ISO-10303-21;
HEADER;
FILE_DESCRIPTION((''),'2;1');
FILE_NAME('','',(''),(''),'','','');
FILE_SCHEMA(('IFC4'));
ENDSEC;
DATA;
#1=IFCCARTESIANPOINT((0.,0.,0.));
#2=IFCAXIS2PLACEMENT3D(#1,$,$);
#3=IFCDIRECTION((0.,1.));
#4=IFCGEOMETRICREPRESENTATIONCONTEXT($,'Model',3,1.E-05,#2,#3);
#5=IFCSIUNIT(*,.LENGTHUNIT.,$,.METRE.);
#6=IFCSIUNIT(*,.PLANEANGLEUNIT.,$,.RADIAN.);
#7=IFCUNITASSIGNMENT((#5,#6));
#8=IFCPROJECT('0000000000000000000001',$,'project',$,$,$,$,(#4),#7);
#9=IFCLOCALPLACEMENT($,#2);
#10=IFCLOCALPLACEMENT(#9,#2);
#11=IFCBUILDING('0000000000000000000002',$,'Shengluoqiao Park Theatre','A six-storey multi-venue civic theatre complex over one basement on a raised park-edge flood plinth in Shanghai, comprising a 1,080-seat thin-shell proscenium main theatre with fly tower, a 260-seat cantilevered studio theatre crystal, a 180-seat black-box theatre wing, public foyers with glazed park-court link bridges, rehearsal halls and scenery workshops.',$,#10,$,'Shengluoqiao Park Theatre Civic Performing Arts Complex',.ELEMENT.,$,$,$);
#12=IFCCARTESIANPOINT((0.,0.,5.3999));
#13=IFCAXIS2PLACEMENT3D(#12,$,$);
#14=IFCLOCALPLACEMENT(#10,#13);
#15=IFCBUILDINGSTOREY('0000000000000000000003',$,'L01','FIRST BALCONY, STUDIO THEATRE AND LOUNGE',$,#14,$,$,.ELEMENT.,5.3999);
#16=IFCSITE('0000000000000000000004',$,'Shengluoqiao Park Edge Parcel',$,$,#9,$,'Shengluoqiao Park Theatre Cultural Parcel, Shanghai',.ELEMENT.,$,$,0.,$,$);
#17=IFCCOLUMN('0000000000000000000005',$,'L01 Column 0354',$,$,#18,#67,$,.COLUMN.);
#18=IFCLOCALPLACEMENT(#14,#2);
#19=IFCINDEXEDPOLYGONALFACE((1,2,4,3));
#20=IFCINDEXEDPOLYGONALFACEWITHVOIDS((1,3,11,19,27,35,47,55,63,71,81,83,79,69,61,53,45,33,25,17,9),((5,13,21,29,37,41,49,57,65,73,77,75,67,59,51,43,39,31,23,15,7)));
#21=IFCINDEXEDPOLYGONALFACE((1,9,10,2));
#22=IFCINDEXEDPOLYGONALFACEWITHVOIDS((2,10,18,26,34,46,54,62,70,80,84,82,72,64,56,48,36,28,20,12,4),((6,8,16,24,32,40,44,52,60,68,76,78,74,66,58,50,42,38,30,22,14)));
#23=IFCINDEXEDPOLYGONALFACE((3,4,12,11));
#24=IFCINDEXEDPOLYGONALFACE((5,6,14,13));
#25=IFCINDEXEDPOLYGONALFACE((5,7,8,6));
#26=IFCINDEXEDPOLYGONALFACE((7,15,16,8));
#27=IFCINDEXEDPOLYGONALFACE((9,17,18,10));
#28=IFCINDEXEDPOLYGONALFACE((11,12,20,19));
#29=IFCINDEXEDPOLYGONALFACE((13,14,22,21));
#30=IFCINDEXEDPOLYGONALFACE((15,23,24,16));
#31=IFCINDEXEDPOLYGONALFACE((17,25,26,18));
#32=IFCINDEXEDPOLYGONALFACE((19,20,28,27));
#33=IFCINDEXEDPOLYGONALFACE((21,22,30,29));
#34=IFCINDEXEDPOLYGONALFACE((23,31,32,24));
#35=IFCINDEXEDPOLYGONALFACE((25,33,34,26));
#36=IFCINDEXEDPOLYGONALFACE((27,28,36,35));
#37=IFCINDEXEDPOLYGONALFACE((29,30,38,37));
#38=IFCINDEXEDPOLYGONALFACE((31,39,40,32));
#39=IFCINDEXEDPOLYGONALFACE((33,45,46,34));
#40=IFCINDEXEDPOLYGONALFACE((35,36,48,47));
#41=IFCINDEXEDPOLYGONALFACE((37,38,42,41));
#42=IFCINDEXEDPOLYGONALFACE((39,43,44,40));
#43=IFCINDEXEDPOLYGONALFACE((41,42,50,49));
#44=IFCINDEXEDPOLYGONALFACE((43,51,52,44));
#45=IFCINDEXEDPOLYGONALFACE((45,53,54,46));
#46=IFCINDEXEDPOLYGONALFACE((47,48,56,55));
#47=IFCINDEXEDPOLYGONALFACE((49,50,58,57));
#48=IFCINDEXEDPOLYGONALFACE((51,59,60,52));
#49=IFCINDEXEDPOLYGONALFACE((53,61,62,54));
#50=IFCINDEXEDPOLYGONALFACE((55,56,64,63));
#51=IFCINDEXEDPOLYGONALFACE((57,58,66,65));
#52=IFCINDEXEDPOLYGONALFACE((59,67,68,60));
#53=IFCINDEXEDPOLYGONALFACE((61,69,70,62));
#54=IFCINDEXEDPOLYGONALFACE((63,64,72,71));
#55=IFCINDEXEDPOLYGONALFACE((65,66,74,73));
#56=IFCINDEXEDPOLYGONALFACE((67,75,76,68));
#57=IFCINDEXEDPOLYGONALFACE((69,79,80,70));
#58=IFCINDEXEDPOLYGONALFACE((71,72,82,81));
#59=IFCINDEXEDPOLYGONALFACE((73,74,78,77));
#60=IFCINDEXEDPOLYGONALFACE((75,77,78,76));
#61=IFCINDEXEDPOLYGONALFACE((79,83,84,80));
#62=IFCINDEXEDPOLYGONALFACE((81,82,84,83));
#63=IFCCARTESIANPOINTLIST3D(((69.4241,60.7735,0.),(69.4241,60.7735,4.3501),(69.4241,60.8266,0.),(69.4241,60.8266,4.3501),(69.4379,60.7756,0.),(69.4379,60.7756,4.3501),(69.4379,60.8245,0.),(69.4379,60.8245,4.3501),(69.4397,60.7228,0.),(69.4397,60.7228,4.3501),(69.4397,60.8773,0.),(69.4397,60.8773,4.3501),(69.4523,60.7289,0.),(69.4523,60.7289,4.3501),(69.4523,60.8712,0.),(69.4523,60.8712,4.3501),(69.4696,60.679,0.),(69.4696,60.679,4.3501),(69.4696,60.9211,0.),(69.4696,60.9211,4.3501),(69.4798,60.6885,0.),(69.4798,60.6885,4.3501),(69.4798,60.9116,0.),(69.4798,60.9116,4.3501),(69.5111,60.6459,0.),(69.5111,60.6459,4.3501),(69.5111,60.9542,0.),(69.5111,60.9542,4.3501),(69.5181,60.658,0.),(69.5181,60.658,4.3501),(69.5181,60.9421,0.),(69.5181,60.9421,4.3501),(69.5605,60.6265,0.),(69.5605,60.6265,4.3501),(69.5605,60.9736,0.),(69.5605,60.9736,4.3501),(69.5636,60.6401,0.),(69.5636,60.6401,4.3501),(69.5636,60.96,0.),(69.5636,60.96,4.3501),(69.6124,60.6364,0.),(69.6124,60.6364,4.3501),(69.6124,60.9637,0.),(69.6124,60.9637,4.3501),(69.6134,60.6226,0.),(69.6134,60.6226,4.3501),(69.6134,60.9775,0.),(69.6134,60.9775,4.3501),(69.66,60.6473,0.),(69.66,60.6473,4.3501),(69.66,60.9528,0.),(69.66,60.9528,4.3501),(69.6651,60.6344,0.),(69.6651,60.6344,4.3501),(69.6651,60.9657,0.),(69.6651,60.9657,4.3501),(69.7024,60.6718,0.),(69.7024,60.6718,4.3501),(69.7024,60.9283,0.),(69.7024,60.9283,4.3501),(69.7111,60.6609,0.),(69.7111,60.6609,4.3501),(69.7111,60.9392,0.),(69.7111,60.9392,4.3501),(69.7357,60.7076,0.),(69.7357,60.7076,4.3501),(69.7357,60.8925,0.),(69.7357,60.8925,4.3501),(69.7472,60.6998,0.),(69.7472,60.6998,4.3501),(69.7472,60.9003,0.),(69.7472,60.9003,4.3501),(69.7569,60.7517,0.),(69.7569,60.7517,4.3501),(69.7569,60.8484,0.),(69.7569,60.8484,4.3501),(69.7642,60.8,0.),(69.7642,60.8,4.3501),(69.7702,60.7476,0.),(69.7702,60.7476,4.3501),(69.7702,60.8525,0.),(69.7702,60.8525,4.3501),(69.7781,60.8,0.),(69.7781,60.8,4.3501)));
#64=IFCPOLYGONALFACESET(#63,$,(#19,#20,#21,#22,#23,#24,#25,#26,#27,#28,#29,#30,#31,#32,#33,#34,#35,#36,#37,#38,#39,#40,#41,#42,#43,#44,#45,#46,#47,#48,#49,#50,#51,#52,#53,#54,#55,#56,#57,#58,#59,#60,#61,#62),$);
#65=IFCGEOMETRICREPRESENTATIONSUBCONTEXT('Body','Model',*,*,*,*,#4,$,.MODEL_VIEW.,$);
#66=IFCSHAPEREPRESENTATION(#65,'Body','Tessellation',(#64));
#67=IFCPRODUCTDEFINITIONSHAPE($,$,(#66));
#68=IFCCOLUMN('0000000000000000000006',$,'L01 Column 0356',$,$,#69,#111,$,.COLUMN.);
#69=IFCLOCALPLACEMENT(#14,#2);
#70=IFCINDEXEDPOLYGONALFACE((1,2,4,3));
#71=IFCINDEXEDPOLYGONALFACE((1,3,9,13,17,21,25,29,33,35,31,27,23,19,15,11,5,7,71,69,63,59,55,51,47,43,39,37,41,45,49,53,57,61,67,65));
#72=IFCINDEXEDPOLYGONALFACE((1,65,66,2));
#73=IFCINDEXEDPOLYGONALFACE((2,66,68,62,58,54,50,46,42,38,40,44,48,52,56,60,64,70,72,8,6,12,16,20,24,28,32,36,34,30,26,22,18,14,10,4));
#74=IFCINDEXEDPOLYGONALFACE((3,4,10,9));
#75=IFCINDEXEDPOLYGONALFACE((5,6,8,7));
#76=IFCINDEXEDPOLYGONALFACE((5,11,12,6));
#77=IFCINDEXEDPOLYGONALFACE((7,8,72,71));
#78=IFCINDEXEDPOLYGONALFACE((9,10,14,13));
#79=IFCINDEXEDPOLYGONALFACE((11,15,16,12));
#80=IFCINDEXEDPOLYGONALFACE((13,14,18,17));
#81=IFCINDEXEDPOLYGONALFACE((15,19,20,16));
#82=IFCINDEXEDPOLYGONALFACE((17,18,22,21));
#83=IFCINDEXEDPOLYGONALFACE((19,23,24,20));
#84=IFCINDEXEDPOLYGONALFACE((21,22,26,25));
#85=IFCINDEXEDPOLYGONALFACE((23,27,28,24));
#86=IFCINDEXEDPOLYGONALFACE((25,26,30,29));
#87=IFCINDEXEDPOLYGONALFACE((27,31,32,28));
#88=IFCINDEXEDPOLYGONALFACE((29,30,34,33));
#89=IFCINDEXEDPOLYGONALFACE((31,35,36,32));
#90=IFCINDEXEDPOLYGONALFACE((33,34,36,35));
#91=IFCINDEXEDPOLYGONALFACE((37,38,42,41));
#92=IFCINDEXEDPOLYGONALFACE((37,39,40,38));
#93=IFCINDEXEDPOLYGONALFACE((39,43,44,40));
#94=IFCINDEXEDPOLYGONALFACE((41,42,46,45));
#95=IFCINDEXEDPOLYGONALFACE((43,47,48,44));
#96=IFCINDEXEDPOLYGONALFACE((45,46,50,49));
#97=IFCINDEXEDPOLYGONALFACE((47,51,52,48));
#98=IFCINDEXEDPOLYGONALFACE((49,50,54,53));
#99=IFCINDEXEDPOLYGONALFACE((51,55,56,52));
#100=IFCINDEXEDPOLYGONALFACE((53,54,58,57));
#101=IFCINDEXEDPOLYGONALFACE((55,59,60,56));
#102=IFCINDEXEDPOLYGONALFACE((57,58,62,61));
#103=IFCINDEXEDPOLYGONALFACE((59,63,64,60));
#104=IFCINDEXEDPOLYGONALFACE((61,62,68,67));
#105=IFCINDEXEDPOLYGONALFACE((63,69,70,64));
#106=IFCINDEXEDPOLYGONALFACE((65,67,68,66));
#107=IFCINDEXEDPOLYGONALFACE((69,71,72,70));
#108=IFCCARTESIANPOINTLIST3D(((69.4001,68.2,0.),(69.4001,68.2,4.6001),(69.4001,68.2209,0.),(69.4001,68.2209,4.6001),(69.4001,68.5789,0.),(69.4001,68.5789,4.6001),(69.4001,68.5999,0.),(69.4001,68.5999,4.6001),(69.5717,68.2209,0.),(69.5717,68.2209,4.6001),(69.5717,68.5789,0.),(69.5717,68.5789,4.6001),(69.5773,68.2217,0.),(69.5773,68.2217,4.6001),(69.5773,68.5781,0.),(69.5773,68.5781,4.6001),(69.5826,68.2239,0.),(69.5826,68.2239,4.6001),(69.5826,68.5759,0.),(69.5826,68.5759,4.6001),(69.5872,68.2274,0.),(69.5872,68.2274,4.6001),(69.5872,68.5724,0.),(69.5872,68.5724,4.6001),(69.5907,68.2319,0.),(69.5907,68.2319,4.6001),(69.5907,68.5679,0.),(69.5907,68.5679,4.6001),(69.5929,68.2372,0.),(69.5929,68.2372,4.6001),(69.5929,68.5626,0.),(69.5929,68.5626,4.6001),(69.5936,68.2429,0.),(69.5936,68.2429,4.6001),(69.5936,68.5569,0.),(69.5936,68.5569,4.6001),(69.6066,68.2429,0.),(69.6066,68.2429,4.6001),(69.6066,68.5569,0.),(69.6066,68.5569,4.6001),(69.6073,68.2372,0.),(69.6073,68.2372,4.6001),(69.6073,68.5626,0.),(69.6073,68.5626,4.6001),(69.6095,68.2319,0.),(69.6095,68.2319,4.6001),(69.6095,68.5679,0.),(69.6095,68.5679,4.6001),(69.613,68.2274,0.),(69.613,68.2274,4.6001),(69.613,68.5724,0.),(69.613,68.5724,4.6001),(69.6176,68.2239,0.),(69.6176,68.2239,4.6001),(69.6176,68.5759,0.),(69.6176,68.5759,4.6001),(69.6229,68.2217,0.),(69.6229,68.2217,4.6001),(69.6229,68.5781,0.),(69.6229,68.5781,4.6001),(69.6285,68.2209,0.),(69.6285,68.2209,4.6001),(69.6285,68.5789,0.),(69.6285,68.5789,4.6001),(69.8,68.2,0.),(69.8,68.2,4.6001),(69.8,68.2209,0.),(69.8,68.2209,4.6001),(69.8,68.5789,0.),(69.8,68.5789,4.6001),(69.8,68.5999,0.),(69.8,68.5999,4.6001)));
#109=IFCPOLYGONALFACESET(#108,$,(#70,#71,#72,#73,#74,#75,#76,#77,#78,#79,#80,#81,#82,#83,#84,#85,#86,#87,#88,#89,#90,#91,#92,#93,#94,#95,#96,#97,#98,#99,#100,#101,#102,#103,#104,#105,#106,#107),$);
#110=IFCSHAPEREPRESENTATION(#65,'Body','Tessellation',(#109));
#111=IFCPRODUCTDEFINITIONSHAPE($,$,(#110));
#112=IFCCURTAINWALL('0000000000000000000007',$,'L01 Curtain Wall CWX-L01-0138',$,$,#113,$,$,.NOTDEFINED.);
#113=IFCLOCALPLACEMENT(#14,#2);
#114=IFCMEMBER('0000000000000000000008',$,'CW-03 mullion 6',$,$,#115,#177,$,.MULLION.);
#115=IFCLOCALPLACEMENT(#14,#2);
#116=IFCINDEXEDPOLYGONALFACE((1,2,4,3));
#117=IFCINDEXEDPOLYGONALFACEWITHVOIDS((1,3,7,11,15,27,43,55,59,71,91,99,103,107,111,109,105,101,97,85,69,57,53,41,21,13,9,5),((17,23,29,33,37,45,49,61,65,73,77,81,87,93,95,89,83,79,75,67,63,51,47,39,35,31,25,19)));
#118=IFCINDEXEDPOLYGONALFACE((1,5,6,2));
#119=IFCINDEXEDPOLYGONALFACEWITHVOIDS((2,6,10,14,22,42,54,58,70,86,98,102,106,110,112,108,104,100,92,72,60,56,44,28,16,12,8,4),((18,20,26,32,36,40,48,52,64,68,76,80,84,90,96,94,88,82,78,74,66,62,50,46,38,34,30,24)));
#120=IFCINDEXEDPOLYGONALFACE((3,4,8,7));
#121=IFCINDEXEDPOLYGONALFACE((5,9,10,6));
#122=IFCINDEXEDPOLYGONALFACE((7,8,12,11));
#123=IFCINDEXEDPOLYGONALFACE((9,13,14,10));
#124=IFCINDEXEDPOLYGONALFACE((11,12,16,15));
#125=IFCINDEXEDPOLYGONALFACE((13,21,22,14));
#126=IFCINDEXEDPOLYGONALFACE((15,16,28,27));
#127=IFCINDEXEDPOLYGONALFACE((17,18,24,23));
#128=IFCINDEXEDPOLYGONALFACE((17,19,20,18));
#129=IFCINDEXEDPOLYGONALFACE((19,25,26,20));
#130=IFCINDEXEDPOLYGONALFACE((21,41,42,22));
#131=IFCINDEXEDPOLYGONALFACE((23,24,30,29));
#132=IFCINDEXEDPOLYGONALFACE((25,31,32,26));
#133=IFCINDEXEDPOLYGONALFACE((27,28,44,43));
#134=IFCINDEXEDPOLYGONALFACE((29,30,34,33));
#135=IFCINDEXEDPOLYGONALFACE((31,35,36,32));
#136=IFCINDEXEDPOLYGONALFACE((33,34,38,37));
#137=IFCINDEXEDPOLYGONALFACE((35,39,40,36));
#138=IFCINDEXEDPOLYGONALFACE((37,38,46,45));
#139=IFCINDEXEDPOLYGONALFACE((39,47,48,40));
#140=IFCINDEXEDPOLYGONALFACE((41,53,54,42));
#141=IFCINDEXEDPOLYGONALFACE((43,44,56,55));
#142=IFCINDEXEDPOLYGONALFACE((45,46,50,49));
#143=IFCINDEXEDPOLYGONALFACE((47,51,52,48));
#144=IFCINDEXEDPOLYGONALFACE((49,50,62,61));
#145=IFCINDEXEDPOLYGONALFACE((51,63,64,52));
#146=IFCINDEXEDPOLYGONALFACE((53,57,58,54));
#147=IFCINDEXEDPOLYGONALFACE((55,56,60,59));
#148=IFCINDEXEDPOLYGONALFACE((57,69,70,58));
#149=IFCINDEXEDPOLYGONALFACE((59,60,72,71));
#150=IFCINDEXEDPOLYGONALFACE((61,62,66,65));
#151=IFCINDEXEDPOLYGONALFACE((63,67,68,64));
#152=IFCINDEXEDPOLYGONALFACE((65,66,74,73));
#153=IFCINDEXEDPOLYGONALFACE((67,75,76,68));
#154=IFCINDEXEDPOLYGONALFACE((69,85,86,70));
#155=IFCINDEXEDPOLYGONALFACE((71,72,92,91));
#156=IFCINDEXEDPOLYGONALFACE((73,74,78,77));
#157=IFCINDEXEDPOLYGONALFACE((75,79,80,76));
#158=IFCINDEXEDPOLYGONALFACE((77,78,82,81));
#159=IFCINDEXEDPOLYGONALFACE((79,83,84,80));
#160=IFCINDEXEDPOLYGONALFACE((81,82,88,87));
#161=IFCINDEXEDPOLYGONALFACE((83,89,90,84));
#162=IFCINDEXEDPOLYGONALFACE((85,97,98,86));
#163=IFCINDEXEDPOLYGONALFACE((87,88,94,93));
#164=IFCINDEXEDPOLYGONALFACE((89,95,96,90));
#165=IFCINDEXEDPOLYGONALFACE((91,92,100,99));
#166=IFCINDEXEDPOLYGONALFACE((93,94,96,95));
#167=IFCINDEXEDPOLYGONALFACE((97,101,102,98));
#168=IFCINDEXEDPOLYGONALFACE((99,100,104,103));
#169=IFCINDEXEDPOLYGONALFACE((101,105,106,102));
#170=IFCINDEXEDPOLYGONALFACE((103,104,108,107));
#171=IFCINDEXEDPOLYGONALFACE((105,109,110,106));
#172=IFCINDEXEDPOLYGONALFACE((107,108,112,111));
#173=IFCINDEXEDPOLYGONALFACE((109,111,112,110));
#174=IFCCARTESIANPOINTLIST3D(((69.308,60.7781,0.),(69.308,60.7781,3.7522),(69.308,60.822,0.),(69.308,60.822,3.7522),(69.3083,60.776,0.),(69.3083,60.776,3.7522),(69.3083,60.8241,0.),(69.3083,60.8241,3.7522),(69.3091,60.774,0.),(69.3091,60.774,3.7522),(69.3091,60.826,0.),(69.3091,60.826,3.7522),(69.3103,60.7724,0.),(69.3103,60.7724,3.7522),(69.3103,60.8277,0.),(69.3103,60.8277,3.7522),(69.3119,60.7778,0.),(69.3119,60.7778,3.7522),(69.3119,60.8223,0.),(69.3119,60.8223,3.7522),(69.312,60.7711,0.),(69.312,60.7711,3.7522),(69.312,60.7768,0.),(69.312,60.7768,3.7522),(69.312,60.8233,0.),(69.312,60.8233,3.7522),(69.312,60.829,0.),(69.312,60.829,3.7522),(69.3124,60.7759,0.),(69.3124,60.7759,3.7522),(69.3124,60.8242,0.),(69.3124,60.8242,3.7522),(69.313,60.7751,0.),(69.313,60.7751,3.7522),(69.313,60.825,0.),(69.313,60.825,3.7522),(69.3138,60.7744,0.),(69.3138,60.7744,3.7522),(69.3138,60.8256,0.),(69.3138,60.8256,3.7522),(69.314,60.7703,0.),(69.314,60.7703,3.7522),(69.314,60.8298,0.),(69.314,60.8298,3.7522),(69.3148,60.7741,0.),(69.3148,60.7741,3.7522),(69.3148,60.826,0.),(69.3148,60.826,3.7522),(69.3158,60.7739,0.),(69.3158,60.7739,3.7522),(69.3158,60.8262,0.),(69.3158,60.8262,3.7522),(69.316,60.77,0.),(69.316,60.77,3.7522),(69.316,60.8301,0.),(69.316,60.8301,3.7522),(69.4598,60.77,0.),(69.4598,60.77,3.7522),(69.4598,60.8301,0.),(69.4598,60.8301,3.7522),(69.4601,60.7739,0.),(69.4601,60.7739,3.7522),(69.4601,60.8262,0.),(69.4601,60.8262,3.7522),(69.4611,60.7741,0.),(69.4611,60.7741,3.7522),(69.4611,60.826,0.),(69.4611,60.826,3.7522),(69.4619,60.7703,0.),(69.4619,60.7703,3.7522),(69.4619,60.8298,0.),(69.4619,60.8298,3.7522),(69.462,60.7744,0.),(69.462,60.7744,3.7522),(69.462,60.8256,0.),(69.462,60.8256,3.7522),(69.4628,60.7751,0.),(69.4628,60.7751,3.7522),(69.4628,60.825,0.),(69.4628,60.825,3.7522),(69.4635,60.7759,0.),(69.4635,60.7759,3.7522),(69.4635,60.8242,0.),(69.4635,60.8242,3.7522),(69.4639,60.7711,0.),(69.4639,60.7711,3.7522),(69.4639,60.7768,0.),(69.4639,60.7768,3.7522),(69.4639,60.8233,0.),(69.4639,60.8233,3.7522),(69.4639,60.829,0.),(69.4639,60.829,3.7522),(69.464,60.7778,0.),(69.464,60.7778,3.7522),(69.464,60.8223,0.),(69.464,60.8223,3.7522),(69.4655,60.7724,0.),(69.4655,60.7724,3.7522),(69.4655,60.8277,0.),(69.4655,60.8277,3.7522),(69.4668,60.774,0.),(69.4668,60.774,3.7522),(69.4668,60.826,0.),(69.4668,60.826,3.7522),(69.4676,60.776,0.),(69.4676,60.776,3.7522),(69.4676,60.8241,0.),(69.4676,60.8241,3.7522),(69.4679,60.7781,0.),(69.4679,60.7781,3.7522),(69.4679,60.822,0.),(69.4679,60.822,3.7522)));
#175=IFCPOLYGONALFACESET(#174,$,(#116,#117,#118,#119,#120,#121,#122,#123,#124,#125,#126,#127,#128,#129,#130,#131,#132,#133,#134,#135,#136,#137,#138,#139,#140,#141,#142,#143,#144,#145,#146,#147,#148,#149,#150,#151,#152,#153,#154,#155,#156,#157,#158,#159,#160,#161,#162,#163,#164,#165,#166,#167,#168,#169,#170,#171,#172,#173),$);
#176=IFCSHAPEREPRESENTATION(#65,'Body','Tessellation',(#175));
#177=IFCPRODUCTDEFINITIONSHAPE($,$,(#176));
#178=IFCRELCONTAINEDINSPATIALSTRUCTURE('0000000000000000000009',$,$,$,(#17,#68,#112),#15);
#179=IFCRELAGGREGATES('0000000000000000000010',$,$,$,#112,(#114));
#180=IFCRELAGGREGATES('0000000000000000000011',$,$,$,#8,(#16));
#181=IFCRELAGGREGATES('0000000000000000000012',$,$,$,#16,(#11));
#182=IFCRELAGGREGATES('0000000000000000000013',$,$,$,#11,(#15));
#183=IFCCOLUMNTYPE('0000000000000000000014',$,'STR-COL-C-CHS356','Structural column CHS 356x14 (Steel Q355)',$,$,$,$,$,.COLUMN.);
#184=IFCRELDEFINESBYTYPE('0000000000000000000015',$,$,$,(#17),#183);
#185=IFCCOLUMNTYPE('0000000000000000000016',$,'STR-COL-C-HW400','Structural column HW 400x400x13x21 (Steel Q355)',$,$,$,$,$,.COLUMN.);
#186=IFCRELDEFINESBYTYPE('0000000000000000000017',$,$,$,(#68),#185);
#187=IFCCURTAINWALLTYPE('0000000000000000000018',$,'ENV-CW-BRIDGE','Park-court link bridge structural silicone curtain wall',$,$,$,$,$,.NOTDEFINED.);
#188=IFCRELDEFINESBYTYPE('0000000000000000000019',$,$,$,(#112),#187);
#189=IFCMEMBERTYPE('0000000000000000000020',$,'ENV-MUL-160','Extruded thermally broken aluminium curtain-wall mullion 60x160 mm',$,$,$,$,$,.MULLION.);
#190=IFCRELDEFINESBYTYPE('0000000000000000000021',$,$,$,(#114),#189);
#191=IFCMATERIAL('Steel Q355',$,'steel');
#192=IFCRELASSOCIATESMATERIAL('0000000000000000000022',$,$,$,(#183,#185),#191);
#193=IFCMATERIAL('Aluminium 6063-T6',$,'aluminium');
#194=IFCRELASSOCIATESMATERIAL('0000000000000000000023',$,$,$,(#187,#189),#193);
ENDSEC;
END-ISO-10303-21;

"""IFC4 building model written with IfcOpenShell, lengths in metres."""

from ifc_helpers import new_model, si_unit, direction, frame, origin, origin_2d, place, context, subcontext, project, spatial, hollow_rectangle, hollow_circle, i_section, extrude, material, material_profile, profile_set, type_object, element, aggregate, save


model = new_model("IFC4")

# Units and contexts
model_context = context("Model", 3, precision=1e-05, world=origin(), true_north=direction((0.0, 1.0)))
body_context = subcontext(model_context, "Body", "Model", "MODEL_VIEW")
ifc_project = project(units=[si_unit("LENGTHUNIT", "METRE"), si_unit("PLANEANGLEUNIT", "RADIAN")], contexts=[model_context])

# Site, building, storey
site_placement = place(None, origin())
site = spatial("IfcSite", under=ifc_project, at=site_placement, Name="Shengluoqiao Park Edge Parcel", LongName="Shengluoqiao Park Theatre Cultural Parcel, Shanghai", CompositionType="ELEMENT", RefElevation=0.0)
building_placement = place(site_placement, origin())
building = spatial("IfcBuilding", under=site, at=building_placement, Name="Shengluoqiao Park Theatre", Description="A six-storey multi-venue civic theatre complex over one basement on a raised park-edge flood plinth in Shanghai, comprising a 1,080-seat thin-shell proscenium main theatre with fly tower, a 260-seat cantilevered studio theatre crystal, a 180-seat black-box theatre wing, public foyers with glazed park-court link bridges, rehearsal halls and scenery workshops.", LongName="Shengluoqiao Park Theatre Civic Performing Arts Complex", CompositionType="ELEMENT")
storey_placement = place(building_placement, frame((0.0, 0.0, 5.3999)))
storey = spatial("IfcBuildingStorey", under=building, at=storey_placement, Name="L01", Description="FIRST BALCONY, STUDIO THEATRE AND LOUNGE", CompositionType="ELEMENT", Elevation=5.3999)

# Columns
ifc_material_1 = material(Name="Steel Q355", Category="steel")
ifc_material_profile_1 = material_profile(ifc_material_1, hollow_circle(Radius=0.178, WallThickness=0.0139, at=origin_2d()), Name="CHS 356x14")
ifc_profile_set_1 = profile_set([ifc_material_profile_1], Name="Steel Q355")
column_type_1 = type_object("IfcColumnType", Name="STR-COL-C-CHS356", Description="Structural column CHS 356x14 (Steel Q355)", PredefinedType="COLUMN", material=ifc_profile_set_1)
column_1_placement = place(storey_placement, frame((69.6001, 60.8, 0.0), z_axis=(0.0, 0.0, 1.0), x_axis=(1.0, 0.0, 0.0)))
element("IfcColumn", 1, at=column_1_placement, inside=storey, type_object=column_type_1, Name="L01 Column 0354", PredefinedType="COLUMN", context=body_context, shape_type="SweptSolid", body=[
    extrude(hollow_circle(Radius=0.178, WallThickness=0.0139, at=origin_2d()), origin(), (0.0, 0.0, 1.0), 4.3501),
])
ifc_material_profile_2 = material_profile(ifc_material_1, i_section(OverallWidth=0.3999, OverallDepth=0.3999, WebThickness=0.0129, FlangeThickness=0.021, FilletRadius=0.022, at=origin_2d()), Name="HW 400x400x13x21")
ifc_profile_set_2 = profile_set([ifc_material_profile_2], Name="Steel Q355")
column_type_2 = type_object("IfcColumnType", Name="STR-COL-C-HW400", Description="Structural column HW 400x400x13x21 (Steel Q355)", PredefinedType="COLUMN", material=ifc_profile_set_2)
column_2_placement = place(storey_placement, frame((69.6001, 68.3999, 0.0), z_axis=(0.0, 0.0, 1.0), x_axis=(1.0, 0.0, 0.0)))
element("IfcColumn", 2, at=column_2_placement, inside=storey, type_object=column_type_2, Name="L01 Column 0356", PredefinedType="COLUMN", context=body_context, shape_type="SweptSolid", body=[
    extrude(i_section(OverallWidth=0.3999, OverallDepth=0.3999, WebThickness=0.0129, FlangeThickness=0.021, FilletRadius=0.022, at=origin_2d()), origin(), (0.0, 0.0, 1.0), 4.6001),
])

# Curtain wall, member
ifc_material_2 = material(Name="Aluminium 6063-T6", Category="aluminium")
curtain_wall_type_1 = type_object("IfcCurtainWallType", Name="ENV-CW-BRIDGE", Description="Park-court link bridge structural silicone curtain wall", PredefinedType="NOTDEFINED", material=ifc_material_2)
curtain_wall_1_placement = place(storey_placement, origin())
curtain_wall_1 = element("IfcCurtainWall", 3, at=curtain_wall_1_placement, inside=storey, type_object=curtain_wall_type_1, Name="L01 Curtain Wall CWX-L01-0138", PredefinedType="NOTDEFINED")
ifc_material_profile_3 = material_profile(ifc_material_2, hollow_rectangle(XDim=0.0601, YDim=0.1599, WallThickness=0.0039, InnerFilletRadius=0.0039, OuterFilletRadius=0.0081, at=origin_2d()), Name="ALU MULLION 160x60x4")
ifc_profile_set_3 = profile_set([ifc_material_profile_3], Name="Aluminium 6063-T6")
member_type_1 = type_object("IfcMemberType", Name="ENV-MUL-160", Description="Extruded thermally broken aluminium curtain-wall mullion 60x160 mm", PredefinedType="MULLION", material=ifc_profile_set_3)
member_1_placement = place(storey_placement, frame((69.3879, 60.8, 0.0), z_axis=(0.0, 0.0, 1.0), x_axis=(0.0, 1.0, 0.0)))
member_1 = element("IfcMember", 4, at=member_1_placement, type_object=member_type_1, Name="CW-03 mullion 6", PredefinedType="MULLION", context=body_context, shape_type="SweptSolid", body=[
    extrude(hollow_rectangle(XDim=0.0601, YDim=0.1599, WallThickness=0.0039, InnerFilletRadius=0.0039, OuterFilletRadius=0.0081, at=origin_2d()), origin(), (0.0, 0.0, 1.0), 3.7522),
])

aggregate(curtain_wall_1, [member_1])

save(model, "model.ifc")
